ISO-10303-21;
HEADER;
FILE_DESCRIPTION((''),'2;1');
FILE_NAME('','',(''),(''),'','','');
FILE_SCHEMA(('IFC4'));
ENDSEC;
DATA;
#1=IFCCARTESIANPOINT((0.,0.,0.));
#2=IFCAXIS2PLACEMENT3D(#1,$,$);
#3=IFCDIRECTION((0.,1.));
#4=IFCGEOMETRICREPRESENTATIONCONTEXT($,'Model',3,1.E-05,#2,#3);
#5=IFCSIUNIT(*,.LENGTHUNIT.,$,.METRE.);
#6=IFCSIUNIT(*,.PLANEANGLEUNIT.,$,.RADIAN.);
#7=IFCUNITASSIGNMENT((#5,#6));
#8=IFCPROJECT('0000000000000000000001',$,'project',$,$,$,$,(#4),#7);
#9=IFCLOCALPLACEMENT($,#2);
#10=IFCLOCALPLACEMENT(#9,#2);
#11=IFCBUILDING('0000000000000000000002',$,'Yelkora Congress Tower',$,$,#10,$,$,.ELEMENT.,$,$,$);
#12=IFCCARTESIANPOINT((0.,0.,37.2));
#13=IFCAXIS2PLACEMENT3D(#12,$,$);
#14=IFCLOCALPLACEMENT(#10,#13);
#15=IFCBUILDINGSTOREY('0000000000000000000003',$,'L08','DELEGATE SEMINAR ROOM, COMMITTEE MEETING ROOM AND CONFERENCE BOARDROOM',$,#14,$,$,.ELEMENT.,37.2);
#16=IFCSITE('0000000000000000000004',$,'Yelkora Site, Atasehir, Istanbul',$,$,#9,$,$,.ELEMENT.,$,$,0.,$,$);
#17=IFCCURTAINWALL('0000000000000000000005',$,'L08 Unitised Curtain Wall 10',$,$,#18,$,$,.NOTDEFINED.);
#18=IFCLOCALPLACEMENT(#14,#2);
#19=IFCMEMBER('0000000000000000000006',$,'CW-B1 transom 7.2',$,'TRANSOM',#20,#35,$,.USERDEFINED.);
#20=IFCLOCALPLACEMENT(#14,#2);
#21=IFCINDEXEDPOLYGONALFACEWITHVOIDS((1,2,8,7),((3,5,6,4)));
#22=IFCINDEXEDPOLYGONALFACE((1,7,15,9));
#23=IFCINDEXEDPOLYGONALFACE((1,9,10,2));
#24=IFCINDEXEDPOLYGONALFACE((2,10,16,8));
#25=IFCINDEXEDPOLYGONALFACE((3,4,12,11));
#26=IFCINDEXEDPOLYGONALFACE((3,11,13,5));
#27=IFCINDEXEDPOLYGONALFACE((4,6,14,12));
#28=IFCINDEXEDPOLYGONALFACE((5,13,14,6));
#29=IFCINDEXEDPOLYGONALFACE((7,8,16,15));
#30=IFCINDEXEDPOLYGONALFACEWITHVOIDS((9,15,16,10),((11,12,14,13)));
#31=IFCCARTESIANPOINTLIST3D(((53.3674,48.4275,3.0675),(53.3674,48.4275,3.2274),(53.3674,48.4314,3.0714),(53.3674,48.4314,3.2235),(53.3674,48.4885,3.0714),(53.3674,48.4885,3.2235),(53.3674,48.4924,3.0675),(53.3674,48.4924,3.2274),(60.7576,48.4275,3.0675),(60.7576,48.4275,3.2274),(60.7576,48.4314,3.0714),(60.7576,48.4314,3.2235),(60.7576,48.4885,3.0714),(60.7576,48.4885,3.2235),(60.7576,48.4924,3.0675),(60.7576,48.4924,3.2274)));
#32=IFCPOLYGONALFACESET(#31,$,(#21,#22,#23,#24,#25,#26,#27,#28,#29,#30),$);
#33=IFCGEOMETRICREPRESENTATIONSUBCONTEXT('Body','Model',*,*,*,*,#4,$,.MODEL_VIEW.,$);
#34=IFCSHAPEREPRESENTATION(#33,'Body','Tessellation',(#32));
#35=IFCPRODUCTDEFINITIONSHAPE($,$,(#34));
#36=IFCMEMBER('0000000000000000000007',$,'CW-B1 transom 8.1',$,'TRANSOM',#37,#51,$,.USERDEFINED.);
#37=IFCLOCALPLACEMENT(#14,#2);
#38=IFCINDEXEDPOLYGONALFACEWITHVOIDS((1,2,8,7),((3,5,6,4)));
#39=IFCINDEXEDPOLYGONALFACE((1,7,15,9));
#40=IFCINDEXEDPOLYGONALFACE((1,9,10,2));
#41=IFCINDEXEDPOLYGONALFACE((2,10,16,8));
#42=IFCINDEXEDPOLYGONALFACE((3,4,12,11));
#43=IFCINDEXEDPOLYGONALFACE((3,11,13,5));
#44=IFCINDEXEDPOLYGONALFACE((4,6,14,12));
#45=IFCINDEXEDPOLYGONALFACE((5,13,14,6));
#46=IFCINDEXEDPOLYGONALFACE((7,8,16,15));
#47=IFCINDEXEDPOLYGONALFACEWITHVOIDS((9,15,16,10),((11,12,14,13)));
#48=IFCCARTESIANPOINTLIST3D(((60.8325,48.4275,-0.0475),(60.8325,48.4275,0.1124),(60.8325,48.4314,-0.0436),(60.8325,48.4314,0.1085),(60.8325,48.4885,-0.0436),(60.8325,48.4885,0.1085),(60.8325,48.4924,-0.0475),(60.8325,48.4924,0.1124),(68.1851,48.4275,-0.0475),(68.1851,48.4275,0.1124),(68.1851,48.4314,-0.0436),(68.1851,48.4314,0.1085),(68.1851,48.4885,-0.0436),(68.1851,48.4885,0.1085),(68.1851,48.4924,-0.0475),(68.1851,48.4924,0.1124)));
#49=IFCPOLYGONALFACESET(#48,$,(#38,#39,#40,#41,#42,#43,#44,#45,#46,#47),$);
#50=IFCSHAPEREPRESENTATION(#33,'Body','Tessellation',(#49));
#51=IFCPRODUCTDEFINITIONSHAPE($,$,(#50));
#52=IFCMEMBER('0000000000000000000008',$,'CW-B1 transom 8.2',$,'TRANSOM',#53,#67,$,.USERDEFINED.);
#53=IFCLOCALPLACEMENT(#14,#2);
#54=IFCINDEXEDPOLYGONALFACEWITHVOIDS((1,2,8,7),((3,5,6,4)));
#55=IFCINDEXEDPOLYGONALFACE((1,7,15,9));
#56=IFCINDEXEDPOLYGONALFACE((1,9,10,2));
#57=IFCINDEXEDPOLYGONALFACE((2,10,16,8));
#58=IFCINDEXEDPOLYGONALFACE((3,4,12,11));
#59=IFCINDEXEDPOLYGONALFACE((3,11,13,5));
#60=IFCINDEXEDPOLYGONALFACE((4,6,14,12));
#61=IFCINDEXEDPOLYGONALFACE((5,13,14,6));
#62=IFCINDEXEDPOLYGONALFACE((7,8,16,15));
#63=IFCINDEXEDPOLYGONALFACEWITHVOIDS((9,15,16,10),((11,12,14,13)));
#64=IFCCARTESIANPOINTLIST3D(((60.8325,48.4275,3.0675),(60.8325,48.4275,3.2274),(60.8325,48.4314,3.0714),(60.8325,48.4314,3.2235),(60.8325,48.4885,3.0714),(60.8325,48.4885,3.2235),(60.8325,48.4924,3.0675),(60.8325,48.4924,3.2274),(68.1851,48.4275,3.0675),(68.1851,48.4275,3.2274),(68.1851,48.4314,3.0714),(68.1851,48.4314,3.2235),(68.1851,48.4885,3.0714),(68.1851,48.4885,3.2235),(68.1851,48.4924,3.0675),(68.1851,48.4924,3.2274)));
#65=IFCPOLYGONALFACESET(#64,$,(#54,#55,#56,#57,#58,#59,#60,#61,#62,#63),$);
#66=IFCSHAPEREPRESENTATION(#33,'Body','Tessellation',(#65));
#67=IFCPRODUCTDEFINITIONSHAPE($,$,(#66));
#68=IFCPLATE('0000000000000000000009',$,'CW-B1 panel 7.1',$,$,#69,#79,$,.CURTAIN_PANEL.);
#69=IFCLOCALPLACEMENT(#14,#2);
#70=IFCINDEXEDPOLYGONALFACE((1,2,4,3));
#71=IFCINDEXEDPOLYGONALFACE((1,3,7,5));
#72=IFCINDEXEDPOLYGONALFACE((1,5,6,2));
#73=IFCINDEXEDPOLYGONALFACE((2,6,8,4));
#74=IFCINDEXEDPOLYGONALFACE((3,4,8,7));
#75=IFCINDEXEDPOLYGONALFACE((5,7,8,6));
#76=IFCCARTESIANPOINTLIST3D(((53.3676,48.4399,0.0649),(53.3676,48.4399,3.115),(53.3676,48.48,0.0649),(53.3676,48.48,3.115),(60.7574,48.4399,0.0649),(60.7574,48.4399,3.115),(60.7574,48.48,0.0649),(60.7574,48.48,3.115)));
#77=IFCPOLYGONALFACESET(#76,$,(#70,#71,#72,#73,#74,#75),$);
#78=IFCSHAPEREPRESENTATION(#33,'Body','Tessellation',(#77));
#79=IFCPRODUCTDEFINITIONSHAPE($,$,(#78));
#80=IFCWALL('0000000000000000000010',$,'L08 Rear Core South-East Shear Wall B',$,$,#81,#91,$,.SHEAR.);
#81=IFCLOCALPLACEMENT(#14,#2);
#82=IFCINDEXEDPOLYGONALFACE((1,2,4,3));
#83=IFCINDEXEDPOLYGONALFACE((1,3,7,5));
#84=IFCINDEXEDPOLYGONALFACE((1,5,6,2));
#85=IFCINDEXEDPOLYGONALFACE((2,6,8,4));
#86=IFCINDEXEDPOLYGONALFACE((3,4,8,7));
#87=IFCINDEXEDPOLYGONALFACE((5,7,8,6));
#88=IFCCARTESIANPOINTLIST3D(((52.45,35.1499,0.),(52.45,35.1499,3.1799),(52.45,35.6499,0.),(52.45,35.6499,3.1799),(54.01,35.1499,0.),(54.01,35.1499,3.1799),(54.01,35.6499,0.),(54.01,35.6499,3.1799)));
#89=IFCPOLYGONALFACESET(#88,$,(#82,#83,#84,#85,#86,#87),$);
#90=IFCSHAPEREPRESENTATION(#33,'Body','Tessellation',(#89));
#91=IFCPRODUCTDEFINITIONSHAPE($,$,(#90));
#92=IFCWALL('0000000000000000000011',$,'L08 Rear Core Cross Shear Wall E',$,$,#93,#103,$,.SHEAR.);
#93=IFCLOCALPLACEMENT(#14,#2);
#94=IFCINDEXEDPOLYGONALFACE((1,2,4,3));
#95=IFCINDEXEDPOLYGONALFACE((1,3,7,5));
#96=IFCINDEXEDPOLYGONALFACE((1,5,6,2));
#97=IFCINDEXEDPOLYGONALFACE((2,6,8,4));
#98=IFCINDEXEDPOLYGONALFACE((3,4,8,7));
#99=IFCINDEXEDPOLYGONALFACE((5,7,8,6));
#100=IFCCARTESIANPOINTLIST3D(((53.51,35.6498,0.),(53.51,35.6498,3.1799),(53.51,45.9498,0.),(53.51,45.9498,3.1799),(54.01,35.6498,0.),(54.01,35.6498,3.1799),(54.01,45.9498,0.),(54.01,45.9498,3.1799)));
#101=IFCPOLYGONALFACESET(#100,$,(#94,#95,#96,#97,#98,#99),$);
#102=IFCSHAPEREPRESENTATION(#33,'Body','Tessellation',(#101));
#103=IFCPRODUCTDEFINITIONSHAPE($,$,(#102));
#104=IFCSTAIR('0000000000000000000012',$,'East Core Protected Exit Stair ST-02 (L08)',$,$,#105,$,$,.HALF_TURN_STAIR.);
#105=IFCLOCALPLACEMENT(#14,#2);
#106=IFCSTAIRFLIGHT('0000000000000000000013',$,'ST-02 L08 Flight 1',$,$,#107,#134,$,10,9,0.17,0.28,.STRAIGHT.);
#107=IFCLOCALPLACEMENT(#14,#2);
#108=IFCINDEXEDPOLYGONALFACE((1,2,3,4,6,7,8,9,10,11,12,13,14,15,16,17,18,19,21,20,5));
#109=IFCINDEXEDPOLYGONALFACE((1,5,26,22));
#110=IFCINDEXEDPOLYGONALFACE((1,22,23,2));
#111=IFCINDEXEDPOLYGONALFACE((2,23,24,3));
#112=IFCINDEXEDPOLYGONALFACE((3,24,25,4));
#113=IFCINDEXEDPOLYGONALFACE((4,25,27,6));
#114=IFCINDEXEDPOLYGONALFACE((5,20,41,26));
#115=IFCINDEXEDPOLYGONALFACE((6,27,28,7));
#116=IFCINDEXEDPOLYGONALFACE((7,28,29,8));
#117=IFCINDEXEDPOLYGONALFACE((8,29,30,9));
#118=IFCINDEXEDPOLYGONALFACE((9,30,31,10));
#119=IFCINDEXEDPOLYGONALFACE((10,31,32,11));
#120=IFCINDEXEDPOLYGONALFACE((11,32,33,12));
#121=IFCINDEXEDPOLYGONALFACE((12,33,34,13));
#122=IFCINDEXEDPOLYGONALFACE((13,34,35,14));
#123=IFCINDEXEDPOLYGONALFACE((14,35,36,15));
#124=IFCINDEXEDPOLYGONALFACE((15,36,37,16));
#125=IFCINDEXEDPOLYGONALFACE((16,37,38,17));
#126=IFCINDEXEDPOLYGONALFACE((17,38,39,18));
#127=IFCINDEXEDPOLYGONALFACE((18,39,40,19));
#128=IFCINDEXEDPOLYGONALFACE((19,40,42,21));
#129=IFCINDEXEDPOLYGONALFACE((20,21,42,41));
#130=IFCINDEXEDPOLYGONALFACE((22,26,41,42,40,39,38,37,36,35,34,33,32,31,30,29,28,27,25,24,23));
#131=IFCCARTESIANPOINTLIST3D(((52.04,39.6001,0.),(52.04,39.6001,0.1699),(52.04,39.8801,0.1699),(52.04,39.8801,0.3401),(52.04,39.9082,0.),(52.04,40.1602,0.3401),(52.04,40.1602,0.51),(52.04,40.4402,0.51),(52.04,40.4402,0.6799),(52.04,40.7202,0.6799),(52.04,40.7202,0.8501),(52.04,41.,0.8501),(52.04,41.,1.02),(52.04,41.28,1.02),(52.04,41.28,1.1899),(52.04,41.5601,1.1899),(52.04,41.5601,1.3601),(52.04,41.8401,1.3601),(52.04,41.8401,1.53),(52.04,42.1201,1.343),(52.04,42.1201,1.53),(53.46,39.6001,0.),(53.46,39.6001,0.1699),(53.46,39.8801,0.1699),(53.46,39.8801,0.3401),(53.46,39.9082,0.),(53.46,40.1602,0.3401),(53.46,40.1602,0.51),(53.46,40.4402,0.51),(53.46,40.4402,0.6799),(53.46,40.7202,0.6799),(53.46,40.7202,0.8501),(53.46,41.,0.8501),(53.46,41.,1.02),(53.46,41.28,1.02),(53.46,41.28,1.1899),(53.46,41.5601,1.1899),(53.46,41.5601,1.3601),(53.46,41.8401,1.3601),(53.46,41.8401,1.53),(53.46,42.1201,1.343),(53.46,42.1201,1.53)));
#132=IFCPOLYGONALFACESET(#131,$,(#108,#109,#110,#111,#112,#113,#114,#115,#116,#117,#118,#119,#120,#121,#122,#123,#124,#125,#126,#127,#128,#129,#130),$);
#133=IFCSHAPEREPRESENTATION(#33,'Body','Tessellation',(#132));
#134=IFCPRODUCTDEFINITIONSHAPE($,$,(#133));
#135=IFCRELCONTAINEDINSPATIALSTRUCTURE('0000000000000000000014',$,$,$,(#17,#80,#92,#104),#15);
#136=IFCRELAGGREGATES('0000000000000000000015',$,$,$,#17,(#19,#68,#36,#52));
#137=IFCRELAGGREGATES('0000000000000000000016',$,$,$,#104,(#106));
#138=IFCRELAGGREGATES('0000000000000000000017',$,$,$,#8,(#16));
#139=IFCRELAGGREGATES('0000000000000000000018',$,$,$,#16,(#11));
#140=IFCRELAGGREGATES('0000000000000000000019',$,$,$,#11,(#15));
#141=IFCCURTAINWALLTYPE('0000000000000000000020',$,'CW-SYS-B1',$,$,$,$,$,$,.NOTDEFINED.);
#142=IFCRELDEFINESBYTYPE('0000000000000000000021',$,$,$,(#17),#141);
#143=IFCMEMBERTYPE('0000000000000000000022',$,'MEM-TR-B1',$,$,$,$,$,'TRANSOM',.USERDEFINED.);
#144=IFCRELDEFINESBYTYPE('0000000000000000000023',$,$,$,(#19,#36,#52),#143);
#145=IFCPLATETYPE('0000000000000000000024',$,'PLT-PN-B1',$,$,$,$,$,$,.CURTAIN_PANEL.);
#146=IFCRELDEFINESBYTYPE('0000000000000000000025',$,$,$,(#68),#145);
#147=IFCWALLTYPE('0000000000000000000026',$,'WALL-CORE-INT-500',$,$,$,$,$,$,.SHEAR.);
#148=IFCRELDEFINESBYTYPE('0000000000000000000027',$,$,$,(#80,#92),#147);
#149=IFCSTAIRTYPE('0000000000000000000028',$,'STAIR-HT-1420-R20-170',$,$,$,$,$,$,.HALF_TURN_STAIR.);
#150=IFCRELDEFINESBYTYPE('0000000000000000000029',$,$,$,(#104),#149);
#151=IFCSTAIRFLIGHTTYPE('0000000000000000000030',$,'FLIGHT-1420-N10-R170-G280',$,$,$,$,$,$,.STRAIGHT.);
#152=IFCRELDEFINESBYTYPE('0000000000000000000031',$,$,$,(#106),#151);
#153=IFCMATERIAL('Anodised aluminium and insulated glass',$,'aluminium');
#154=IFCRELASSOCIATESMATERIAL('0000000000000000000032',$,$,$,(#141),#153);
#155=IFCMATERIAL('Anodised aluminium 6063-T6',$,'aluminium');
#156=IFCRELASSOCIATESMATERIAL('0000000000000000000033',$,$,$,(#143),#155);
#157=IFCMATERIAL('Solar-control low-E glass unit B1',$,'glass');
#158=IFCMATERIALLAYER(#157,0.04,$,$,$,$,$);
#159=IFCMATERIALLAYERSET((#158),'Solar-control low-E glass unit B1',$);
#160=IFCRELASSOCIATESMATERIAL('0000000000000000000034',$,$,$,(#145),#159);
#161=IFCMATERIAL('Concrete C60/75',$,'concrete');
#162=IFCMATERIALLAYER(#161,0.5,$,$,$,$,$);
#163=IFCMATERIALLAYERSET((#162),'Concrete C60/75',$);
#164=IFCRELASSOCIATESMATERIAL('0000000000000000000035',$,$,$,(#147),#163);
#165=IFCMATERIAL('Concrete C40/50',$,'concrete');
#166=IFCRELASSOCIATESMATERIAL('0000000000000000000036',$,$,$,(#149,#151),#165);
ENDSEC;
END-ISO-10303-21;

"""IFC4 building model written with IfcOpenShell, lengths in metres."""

from ifc_helpers import new_model, si_unit, direction, frame, frame_2d, origin, origin_2d, place, context, subcontext, project, spatial, polyline, rectangle, hollow_rectangle, outline, extrude, material, layer, layer_set, material_profile, profile_set, type_object, element, aggregate, save


model = new_model("IFC4")

# Units and contexts
model_context = context("Model", 3, precision=1e-05, world=origin(), true_north=direction((0.0, 1.0)))
body_context = subcontext(model_context, "Body", "Model", "MODEL_VIEW")
ifc_project = project(units=[si_unit("LENGTHUNIT", "METRE"), si_unit("PLANEANGLEUNIT", "RADIAN")], contexts=[model_context])

# Site, building, storey
site_placement = place(None, origin())
site = spatial("IfcSite", under=ifc_project, at=site_placement, Name="Yelkora Site, Atasehir, Istanbul", CompositionType="ELEMENT", RefElevation=0.0)
building_placement = place(site_placement, origin())
building = spatial("IfcBuilding", under=site, at=building_placement, Name="Yelkora Congress Tower", CompositionType="ELEMENT")
storey_placement = place(building_placement, frame((0.0, 0.0, 37.2)))
storey = spatial("IfcBuildingStorey", under=building, at=storey_placement, Name="L08", Description="DELEGATE SEMINAR ROOM, COMMITTEE MEETING ROOM AND CONFERENCE BOARDROOM", CompositionType="ELEMENT", Elevation=37.2)

# Shared definitions
ifc_material_1 = material(Name="Concrete C60/75", Category="concrete")

# Curtain wall, members, plate
ifc_material_2 = material(Name="Anodised aluminium and insulated glass", Category="aluminium")
curtain_wall_type = type_object("IfcCurtainWallType", Name="CW-SYS-B1", PredefinedType="NOTDEFINED", material=ifc_material_2)
curtain_wall_placement = place(storey_placement, origin())
curtain_wall = element("IfcCurtainWall", 1, at=curtain_wall_placement, inside=storey, type_object=curtain_wall_type, Name="L08 Unitised Curtain Wall 10", PredefinedType="NOTDEFINED")
ifc_material_3 = material(Name="Anodised aluminium 6063-T6", Category="aluminium")
ifc_material_profile_1 = material_profile(ifc_material_3, hollow_rectangle(XDim=0.0649, YDim=0.1599, WallThickness=0.0039, at=origin_2d()), Name="ALU 65x160x4")
ifc_profile_set_1 = profile_set([ifc_material_profile_1], Name="Anodised aluminium 6063-T6")
member_type_1 = type_object("IfcMemberType", Name="MEM-TR-B1", ElementType="TRANSOM", PredefinedType="USERDEFINED", material=ifc_profile_set_1)
member_1_placement = place(storey_placement, frame((53.3674, 48.46, 3.1475), z_axis=(1.0, 0.0, 0.0), x_axis=(0.0, 1.0, 0.0)))
member_1 = element("IfcMember", 2, at=member_1_placement, type_object=member_type_1, Name="CW-B1 transom 7.2", ObjectType="TRANSOM", PredefinedType="USERDEFINED", context=body_context, shape_type="SweptSolid", body=[
    extrude(hollow_rectangle(XDim=0.0649, YDim=0.1599, WallThickness=0.0039, at=origin_2d()), origin(), (0.0, 0.0, 1.0), 7.3901),
])
member_2_placement = place(storey_placement, frame((60.8325, 48.46, 0.0325), z_axis=(1.0, 0.0, 0.0), x_axis=(0.0, 1.0, 0.0)))
member_2 = element("IfcMember", 3, at=member_2_placement, type_object=member_type_1, Name="CW-B1 transom 8.1", ObjectType="TRANSOM", PredefinedType="USERDEFINED", context=body_context, shape_type="SweptSolid", body=[
    extrude(hollow_rectangle(XDim=0.0649, YDim=0.1599, WallThickness=0.0039, at=origin_2d()), origin(), (0.0, 0.0, 1.0), 7.3525),
])
member_3_placement = place(storey_placement, frame((60.8325, 48.46, 3.1475), z_axis=(1.0, 0.0, 0.0), x_axis=(0.0, 1.0, 0.0)))
member_3 = element("IfcMember", 4, at=member_3_placement, type_object=member_type_1, Name="CW-B1 transom 8.2", ObjectType="TRANSOM", PredefinedType="USERDEFINED", context=body_context, shape_type="SweptSolid", body=[
    extrude(hollow_rectangle(XDim=0.0649, YDim=0.1599, WallThickness=0.0039, at=origin_2d()), origin(), (0.0, 0.0, 1.0), 7.3525),
])
ifc_material_4 = material(Name="Solar-control low-E glass unit B1", Category="glass")
ifc_layer_1 = layer(ifc_material_4, 0.04)
ifc_layer_set_1 = layer_set([ifc_layer_1], Name="Solar-control low-E glass unit B1")
plate_type = type_object("IfcPlateType", Name="PLT-PN-B1", PredefinedType="CURTAIN_PANEL", material=ifc_layer_set_1)
plate_placement = place(storey_placement, frame((57.0625, 48.46, 0.0649), z_axis=(0.0, 0.0, 1.0), x_axis=(1.0, 0.0, 0.0)))
plate = element("IfcPlate", 5, at=plate_placement, type_object=plate_type, Name="CW-B1 panel 7.1", PredefinedType="CURTAIN_PANEL", context=body_context, shape_type="SweptSolid", body=[
    extrude(rectangle(XDim=7.3899, YDim=0.04, at=origin_2d()), origin(), (0.0, 0.0, 1.0), 3.05),
])
aggregate(curtain_wall, [member_1, plate, member_2, member_3])

# Walls
ifc_layer_2 = layer(ifc_material_1, 0.5)
ifc_layer_set_2 = layer_set([ifc_layer_2], Name="Concrete C60/75")
wall_type = type_object("IfcWallType", Name="WALL-CORE-INT-500", PredefinedType="SHEAR", material=ifc_layer_set_2)
wall_1_placement = place(storey_placement, frame((52.45, 35.3999, 0.0), z_axis=(0.0, 0.0, 1.0), x_axis=(1.0, 0.0, 0.0)))
element("IfcWall", 6, at=wall_1_placement, inside=storey, type_object=wall_type, Name="L08 Rear Core South-East Shear Wall B", PredefinedType="SHEAR", context=body_context, shape_type="SweptSolid", body=[
    extrude(rectangle(XDim=1.5601, YDim=0.5, at=frame_2d((0.78, 0.0))), origin(), (0.0, 0.0, 1.0), 3.1799),
])
wall_2_placement = place(storey_placement, frame((53.76, 35.6499, 0.0), z_axis=(0.0, 0.0, 1.0), x_axis=(0.0, 1.0, 0.0)))
element("IfcWall", 7, at=wall_2_placement, inside=storey, type_object=wall_type, Name="L08 Rear Core Cross Shear Wall E", PredefinedType="SHEAR", context=body_context, shape_type="SweptSolid", body=[
    extrude(rectangle(XDim=10.3, YDim=0.5, at=frame_2d((5.1499, 0.0))), origin(), (0.0, 0.0, 1.0), 3.1799),
])

# Stair, stair flight
ifc_material_5 = material(Name="Concrete C40/50", Category="concrete")
stair_type = type_object("IfcStairType", Name="STAIR-HT-1420-R20-170", PredefinedType="HALF_TURN_STAIR", material=ifc_material_5)
stair_placement = place(storey_placement, origin())
stair = element("IfcStair", 8, at=stair_placement, inside=storey, type_object=stair_type, Name="East Core Protected Exit Stair ST-02 (L08)", PredefinedType="HALF_TURN_STAIR")
stair_flight_type = type_object("IfcStairFlightType", Name="FLIGHT-1420-N10-R170-G280", PredefinedType="STRAIGHT", material=ifc_material_5)
stair_flight_placement = place(storey_placement, frame((52.75, 39.6001, 0.0), z_axis=(0.0, 0.0, 1.0), x_axis=(0.0, 1.0, 0.0)))
stair_flight = element("IfcStairFlight", 9, at=stair_flight_placement, type_object=stair_flight_type, Name="ST-02 L08 Flight 1", NumberOfRisers=10, NumberOfTreads=9, PredefinedType="STRAIGHT", RiserHeight=0.17, TreadLength=0.28, context=body_context, shape_type="SweptSolid", body=[
    extrude(outline(polyline([(0.0, 0.0), (0.0, 0.1699), (0.28, 0.1699), (0.28, 0.3401), (0.5601, 0.3401), (0.5601, 0.51), (0.8401, 0.51), (0.8401, 0.6799), (1.1201, 0.6799), (1.1201, 0.8501), (1.3999, 0.8501), (1.3999, 1.02), (1.6799, 1.02), (1.6799, 1.1899), (1.96, 1.1899), (1.96, 1.3601), (2.24, 1.3601), (2.24, 1.53), (2.52, 1.53), (2.52, 1.7), (2.52, 1.343), (0.3081, 0.0), (0.0, 0.0)])), frame((0.0, 0.71, 0.0), z_axis=(0.0, -1.0, 0.0), x_axis=(1.0, 0.0, 0.0)), (0.0, 0.0, 1.0), 1.4199),
])
aggregate(stair, [stair_flight])

save(model, "model.ifc")
